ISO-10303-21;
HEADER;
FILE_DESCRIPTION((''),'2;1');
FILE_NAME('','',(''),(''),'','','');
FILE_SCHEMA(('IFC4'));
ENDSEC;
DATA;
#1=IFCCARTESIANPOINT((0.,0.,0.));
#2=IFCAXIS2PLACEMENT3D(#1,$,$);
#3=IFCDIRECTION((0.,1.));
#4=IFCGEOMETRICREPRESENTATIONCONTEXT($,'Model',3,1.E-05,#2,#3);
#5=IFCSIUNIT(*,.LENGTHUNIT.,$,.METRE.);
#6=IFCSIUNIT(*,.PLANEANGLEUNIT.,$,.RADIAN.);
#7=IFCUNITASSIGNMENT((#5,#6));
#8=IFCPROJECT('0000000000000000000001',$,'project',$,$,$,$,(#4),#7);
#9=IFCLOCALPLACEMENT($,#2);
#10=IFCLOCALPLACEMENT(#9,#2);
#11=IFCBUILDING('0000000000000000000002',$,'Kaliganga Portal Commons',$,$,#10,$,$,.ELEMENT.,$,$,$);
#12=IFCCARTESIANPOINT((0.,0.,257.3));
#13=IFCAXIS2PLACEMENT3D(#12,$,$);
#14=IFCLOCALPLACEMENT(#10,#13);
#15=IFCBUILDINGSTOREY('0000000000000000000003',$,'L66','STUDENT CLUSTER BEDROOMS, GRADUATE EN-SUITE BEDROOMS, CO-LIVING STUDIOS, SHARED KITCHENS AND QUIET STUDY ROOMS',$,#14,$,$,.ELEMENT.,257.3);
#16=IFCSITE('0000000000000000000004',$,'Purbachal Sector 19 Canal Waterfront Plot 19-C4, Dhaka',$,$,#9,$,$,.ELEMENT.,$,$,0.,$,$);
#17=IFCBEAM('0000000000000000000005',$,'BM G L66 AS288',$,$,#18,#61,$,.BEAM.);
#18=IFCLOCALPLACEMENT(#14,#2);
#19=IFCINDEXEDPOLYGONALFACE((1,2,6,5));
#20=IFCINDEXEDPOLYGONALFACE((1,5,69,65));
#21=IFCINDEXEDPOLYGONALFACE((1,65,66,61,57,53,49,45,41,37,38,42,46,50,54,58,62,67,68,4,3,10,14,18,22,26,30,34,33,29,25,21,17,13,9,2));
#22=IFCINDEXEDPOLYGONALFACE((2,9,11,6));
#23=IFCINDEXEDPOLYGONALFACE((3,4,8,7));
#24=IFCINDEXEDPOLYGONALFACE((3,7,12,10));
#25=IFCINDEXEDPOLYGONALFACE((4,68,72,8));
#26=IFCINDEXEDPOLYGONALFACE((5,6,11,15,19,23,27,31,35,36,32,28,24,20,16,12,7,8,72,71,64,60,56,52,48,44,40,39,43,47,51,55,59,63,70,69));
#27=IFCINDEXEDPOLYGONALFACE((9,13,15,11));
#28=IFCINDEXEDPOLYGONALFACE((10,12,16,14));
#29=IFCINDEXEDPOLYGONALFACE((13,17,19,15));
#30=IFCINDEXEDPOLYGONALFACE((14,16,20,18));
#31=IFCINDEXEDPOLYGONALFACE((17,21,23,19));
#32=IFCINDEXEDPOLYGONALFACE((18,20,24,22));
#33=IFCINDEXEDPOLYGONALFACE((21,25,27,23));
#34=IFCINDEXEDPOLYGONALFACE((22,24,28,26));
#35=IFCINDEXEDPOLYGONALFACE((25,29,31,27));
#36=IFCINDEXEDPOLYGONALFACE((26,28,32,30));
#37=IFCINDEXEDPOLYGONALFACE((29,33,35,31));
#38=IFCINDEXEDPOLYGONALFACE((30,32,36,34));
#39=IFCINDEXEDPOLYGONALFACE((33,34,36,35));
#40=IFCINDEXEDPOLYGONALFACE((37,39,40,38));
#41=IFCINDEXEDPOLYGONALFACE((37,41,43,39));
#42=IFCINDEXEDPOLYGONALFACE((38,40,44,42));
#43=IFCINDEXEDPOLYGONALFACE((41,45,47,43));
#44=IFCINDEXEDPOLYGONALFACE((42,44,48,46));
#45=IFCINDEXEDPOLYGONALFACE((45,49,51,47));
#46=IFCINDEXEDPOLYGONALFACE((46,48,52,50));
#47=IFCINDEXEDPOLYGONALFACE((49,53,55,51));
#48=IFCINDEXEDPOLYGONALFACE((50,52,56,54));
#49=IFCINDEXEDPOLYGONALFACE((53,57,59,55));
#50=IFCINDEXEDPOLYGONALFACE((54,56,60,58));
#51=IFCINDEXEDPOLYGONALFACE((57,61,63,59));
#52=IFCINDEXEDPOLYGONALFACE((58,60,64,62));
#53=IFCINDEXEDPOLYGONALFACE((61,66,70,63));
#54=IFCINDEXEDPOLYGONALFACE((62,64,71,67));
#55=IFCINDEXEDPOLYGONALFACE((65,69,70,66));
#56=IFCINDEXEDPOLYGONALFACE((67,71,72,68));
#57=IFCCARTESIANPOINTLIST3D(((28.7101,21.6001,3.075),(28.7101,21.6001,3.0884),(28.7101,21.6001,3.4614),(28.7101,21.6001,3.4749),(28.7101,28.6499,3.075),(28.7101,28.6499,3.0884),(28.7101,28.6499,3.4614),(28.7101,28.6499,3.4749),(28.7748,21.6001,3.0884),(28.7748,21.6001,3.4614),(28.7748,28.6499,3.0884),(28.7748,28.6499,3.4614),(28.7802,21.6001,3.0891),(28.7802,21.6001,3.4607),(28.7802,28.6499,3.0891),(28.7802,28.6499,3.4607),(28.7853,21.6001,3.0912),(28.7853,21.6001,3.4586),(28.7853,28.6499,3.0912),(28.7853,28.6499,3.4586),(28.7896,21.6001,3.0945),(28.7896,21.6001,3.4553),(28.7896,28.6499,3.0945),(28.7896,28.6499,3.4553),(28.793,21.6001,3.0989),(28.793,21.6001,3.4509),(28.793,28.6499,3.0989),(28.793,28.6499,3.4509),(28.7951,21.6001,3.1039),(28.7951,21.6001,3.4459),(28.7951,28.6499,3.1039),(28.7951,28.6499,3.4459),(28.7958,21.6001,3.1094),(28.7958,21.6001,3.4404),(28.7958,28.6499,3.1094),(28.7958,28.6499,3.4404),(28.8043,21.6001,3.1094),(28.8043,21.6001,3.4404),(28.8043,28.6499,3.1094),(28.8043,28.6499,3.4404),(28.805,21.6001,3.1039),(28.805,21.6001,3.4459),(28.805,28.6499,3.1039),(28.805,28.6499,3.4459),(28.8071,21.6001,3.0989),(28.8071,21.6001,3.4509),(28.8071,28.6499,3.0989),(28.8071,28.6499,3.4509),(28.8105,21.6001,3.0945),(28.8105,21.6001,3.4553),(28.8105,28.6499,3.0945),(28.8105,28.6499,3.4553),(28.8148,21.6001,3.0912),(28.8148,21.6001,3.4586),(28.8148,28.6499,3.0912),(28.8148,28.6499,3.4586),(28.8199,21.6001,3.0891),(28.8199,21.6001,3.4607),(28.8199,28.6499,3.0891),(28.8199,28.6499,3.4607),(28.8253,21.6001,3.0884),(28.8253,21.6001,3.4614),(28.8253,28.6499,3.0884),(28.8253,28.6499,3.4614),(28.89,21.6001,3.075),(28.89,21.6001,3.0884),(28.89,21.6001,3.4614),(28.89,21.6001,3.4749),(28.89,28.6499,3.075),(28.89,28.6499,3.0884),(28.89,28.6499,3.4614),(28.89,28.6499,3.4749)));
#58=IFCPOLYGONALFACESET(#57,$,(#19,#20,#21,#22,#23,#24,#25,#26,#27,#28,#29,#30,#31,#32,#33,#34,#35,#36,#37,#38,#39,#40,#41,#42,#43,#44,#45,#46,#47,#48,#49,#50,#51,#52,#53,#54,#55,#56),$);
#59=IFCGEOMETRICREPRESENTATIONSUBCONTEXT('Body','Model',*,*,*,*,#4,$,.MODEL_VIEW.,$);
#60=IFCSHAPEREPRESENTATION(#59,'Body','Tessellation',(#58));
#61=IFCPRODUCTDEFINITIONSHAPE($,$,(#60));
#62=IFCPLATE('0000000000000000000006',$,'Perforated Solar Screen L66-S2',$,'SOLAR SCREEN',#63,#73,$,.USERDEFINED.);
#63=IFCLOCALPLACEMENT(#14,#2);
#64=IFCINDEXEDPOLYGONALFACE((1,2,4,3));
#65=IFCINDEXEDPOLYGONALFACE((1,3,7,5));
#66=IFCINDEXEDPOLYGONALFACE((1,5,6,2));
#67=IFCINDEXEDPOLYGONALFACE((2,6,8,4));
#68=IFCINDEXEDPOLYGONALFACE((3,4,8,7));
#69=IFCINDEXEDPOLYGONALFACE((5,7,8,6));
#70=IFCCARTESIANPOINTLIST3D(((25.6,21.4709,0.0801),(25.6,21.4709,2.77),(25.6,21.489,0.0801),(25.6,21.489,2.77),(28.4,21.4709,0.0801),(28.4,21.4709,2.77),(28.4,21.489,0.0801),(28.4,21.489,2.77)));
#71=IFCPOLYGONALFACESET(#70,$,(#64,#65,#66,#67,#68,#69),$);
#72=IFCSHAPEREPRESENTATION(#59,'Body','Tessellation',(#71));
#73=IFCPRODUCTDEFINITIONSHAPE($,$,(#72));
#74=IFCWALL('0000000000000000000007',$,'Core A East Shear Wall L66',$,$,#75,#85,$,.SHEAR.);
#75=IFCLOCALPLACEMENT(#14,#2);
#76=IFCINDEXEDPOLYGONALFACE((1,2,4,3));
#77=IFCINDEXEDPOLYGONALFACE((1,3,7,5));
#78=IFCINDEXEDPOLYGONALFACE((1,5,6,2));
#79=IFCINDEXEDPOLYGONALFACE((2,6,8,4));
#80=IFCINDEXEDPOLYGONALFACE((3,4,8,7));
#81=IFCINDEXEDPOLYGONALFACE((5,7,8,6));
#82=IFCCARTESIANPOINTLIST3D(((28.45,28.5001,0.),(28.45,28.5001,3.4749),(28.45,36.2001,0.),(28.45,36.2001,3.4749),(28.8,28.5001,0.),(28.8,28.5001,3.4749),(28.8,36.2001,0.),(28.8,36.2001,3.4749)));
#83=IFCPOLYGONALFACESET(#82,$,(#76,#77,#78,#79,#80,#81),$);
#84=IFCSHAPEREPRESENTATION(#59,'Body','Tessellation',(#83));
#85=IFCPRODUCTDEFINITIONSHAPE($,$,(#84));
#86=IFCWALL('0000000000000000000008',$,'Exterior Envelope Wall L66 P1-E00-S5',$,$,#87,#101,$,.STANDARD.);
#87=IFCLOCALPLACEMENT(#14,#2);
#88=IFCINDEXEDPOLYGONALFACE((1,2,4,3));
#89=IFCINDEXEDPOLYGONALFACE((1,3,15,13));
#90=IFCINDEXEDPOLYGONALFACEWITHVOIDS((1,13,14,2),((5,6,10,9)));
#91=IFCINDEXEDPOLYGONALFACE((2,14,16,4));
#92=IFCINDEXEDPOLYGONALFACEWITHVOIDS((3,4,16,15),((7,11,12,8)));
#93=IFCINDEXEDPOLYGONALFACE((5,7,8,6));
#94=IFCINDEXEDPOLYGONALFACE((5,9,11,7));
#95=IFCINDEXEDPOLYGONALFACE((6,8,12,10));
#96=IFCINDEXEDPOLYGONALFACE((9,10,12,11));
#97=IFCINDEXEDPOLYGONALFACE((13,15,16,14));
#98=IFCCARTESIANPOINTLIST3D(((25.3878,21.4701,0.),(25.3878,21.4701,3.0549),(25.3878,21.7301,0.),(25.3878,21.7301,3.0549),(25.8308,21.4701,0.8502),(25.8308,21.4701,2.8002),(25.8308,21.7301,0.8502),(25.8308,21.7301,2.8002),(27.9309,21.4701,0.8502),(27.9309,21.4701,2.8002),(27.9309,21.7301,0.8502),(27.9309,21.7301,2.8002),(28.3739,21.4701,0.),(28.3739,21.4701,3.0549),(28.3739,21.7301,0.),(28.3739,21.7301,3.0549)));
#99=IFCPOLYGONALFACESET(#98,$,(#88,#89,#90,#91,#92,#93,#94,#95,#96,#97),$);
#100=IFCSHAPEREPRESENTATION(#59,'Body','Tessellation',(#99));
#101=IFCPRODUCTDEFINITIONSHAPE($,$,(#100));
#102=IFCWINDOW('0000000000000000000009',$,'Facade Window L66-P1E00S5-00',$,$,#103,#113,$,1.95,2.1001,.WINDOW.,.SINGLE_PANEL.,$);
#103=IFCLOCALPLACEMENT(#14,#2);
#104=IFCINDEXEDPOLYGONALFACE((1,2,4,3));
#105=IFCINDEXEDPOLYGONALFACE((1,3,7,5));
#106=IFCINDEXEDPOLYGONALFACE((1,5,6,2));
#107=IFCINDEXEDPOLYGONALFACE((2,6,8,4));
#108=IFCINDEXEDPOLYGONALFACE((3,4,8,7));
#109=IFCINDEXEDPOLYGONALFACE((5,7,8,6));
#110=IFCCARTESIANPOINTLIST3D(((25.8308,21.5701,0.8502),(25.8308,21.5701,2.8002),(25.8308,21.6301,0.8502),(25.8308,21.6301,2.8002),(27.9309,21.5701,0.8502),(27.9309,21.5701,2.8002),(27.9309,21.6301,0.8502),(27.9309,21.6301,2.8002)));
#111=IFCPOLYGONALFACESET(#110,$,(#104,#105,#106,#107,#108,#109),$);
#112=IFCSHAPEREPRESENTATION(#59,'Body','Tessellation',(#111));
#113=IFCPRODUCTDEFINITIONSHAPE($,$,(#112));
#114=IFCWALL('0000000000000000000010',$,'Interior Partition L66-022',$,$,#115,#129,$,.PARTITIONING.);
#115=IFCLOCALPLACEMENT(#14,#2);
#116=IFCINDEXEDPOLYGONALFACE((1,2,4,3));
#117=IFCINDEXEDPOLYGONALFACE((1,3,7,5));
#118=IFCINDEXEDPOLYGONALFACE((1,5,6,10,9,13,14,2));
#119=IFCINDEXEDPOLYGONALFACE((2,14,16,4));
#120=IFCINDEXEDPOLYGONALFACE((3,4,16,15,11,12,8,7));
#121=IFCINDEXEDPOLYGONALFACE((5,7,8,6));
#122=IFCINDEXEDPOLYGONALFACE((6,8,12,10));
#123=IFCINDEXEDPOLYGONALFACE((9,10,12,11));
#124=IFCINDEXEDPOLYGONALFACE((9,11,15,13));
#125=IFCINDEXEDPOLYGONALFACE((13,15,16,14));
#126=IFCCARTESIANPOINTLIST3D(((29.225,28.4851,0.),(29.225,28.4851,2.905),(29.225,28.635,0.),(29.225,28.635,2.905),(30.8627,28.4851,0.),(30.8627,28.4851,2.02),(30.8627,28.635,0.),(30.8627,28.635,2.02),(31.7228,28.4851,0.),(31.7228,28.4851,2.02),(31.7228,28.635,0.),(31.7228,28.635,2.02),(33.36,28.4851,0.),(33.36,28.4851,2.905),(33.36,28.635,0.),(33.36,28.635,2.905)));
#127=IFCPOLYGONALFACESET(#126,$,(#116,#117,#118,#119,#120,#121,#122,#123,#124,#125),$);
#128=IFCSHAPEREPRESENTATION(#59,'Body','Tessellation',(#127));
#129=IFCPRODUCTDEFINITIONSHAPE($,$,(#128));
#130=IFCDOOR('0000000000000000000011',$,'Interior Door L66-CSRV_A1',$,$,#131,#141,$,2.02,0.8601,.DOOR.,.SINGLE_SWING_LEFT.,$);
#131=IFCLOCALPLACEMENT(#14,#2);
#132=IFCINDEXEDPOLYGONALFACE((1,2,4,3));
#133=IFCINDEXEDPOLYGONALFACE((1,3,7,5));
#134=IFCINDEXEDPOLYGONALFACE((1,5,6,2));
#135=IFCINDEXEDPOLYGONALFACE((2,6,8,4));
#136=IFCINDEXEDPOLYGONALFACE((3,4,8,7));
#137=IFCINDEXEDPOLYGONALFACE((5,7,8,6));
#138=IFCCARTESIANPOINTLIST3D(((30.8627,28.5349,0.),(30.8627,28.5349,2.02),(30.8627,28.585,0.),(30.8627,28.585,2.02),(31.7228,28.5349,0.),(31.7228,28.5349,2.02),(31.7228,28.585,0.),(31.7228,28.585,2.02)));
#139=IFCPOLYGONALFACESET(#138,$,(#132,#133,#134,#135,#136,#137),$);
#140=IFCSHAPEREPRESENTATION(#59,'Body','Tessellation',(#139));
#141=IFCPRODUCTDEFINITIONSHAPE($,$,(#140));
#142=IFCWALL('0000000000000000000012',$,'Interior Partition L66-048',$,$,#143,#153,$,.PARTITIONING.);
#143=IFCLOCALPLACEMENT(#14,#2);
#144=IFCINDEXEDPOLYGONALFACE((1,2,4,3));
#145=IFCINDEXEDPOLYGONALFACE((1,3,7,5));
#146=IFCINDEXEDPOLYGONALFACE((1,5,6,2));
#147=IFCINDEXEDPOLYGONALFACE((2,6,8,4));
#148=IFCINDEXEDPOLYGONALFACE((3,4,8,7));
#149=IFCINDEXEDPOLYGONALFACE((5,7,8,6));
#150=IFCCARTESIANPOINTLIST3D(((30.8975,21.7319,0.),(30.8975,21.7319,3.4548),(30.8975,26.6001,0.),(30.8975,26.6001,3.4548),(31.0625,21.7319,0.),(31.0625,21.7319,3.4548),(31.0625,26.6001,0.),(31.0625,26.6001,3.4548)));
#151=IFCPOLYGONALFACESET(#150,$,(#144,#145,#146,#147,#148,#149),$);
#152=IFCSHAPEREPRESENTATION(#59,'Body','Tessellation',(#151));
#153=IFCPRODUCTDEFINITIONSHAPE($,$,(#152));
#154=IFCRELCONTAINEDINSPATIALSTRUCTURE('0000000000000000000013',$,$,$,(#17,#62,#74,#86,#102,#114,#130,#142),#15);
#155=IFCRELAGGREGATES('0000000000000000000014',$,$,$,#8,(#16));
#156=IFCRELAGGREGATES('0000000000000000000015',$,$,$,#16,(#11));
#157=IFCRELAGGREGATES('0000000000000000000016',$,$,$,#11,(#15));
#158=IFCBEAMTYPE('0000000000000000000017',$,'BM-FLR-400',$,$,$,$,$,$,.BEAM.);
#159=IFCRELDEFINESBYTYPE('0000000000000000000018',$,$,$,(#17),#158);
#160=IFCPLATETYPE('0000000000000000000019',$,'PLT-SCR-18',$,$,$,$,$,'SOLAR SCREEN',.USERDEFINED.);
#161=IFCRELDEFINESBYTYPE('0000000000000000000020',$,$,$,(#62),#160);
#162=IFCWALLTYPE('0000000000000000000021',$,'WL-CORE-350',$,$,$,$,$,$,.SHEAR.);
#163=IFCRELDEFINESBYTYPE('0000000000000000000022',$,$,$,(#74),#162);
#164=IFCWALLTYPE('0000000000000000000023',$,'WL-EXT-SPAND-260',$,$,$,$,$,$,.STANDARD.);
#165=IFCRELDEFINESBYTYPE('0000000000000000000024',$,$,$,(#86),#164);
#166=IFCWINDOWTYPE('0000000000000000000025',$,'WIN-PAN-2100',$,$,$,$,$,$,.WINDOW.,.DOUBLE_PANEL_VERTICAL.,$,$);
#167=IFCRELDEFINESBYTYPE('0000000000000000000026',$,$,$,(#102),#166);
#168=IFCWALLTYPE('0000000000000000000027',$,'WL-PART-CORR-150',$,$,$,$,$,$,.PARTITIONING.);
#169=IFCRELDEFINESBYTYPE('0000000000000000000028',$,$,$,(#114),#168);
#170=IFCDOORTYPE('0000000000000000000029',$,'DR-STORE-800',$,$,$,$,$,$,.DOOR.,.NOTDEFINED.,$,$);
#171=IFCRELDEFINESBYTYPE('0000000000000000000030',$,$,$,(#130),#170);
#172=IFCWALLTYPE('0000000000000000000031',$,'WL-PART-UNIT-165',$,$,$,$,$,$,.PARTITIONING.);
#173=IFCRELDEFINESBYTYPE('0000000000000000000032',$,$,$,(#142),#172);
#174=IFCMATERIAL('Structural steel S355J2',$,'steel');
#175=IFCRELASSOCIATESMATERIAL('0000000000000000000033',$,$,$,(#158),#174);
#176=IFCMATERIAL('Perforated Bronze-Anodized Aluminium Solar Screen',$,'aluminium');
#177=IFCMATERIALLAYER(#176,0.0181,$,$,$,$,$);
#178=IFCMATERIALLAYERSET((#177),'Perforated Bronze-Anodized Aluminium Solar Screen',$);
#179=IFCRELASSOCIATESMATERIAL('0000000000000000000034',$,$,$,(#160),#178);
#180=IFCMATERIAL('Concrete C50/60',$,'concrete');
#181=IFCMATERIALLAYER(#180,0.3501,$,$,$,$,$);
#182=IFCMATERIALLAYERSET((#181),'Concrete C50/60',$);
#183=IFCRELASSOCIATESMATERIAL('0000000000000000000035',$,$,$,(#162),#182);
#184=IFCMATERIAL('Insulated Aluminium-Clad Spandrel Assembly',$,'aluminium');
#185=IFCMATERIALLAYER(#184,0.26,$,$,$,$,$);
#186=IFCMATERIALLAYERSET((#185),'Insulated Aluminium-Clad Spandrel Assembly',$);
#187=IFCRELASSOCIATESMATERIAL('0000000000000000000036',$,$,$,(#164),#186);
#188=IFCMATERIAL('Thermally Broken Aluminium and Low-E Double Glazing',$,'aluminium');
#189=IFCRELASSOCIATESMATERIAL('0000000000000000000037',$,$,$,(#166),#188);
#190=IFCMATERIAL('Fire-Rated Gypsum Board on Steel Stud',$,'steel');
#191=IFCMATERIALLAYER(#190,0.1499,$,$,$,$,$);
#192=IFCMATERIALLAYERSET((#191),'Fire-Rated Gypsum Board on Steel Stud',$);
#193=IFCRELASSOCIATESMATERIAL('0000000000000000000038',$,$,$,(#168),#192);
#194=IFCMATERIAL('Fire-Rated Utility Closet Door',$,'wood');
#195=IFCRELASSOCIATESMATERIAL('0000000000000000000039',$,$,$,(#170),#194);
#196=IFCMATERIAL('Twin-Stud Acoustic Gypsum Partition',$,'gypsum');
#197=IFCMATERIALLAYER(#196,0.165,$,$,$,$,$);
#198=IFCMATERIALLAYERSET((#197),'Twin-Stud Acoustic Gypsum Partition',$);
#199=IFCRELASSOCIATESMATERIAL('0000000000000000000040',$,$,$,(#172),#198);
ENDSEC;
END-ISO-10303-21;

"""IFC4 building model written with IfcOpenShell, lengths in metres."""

from ifc_helpers import new_model, si_unit, direction, frame, frame_2d, origin, origin_2d, place, context, subcontext, project, spatial, rectangle, i_section, extrude, source, transform, mapped, material, layer, layer_set, material_profile, profile_set, type_object, element, fill, save


model = new_model("IFC4")

# Units and contexts
model_context = context("Model", 3, precision=1e-05, world=origin(), true_north=direction((0.0, 1.0)))
body_context = subcontext(model_context, "Body", "Model", "MODEL_VIEW")
ifc_project = project(units=[si_unit("LENGTHUNIT", "METRE"), si_unit("PLANEANGLEUNIT", "RADIAN")], contexts=[model_context])

# Site, building, storey
site_placement = place(None, origin())
site = spatial("IfcSite", under=ifc_project, at=site_placement, Name="Purbachal Sector 19 Canal Waterfront Plot 19-C4, Dhaka", CompositionType="ELEMENT", RefElevation=0.0)
building_placement = place(site_placement, origin())
building = spatial("IfcBuilding", under=site, at=building_placement, Name="Kaliganga Portal Commons", CompositionType="ELEMENT")
storey_placement = place(building_placement, frame((0.0, 0.0, 257.3)))
storey = spatial("IfcBuildingStorey", under=building, at=storey_placement, Name="L66", Description="STUDENT CLUSTER BEDROOMS, GRADUATE EN-SUITE BEDROOMS, CO-LIVING STUDIOS, SHARED KITCHENS AND QUIET STUDY ROOMS", CompositionType="ELEMENT", Elevation=257.3)

# Shared definitions
ifc_material_1 = material(Name="Concrete C50/60", Category="concrete")

# Beam
ifc_material_2 = material(Name="Structural steel S355J2", Category="steel")
ifc_material_profile_1 = material_profile(ifc_material_2, i_section(OverallWidth=0.1799, OverallDepth=0.3999, WebThickness=0.0085, FlangeThickness=0.0134, FilletRadius=0.021, at=origin_2d()), Name="IPE 400")
ifc_profile_set_1 = profile_set([ifc_material_profile_1], Name="Structural steel S355J2 wide-flange")
beam_type_1 = type_object("IfcBeamType", Name="BM-FLR-400", PredefinedType="BEAM", material=ifc_profile_set_1)
shared_shape_1 = source(origin(), body_context, "Body", "SweptSolid", [
    extrude(i_section(OverallWidth=0.1799, OverallDepth=0.3999, WebThickness=0.0085, FlangeThickness=0.0134, FilletRadius=0.021, at=origin_2d()), origin(), (0.0, 0.0, 1.0), 7.0498),
])
beam_1_placement = place(storey_placement, frame((28.8, 21.6001, 3.2749), z_axis=(0.0, 1.0, 0.0), x_axis=(-1.0, 0.0, 0.0)))
element("IfcBeam", 1, at=beam_1_placement, inside=storey, type_object=beam_type_1, Name="BM G L66 AS288", PredefinedType="BEAM", context=body_context, shape_type="MappedRepresentation", body=[
    mapped(shared_shape_1, transform((0.0, 0.0, 0.0), x_axis=(1.0, 0.0, 0.0), y_axis=(0.0, 1.0, 0.0), z_axis=(0.0, 0.0, 1.0), scale=1.0)),
])

# Plate
ifc_material_3 = material(Name="Perforated Bronze-Anodized Aluminium Solar Screen", Category="aluminium")
ifc_layer_1 = layer(ifc_material_3, 0.0181)
ifc_layer_set_1 = layer_set([ifc_layer_1], Name="Perforated Bronze-Anodized Aluminium Solar Screen")
plate_type = type_object("IfcPlateType", Name="PLT-SCR-18", ElementType="SOLAR SCREEN", PredefinedType="USERDEFINED", material=ifc_layer_set_1)
shared_shape_2 = source(origin(), body_context, "Body", "SweptSolid", [
    extrude(rectangle(XDim=2.8, YDim=0.0181, at=origin_2d()), origin(), (0.0, 0.0, 1.0), 2.6899),
])
plate_placement = place(storey_placement, frame((27.0, 21.48, 0.0801), z_axis=(0.0, 0.0, 1.0), x_axis=(1.0, 0.0, 0.0)))
element("IfcPlate", 2, at=plate_placement, inside=storey, type_object=plate_type, Name="Perforated Solar Screen L66-S2", ObjectType="SOLAR SCREEN", PredefinedType="USERDEFINED", context=body_context, shape_type="MappedRepresentation", body=[
    mapped(shared_shape_2, transform((0.0, 0.0, 0.0), x_axis=(1.0, 0.0, 0.0), y_axis=(0.0, 1.0, 0.0), z_axis=(0.0, 0.0, 1.0), scale=1.0)),
])

# Wall
ifc_layer_2 = layer(ifc_material_1, 0.3501)
ifc_layer_set_2 = layer_set([ifc_layer_2], Name="Concrete C50/60")
wall_type_1 = type_object("IfcWallType", Name="WL-CORE-350", PredefinedType="SHEAR", material=ifc_layer_set_2)
wall_1_placement = place(storey_placement, frame((28.625, 28.5, 0.0), z_axis=(0.0, 0.0, 1.0), x_axis=(0.0, 1.0, 0.0)))
element("IfcWall", 3, at=wall_1_placement, inside=storey, type_object=wall_type_1, Name="Core A East Shear Wall L66", PredefinedType="SHEAR", context=body_context, shape_type="SweptSolid", body=[
    extrude(rectangle(XDim=7.7, YDim=0.3501, at=frame_2d((3.8501, 0.0))), origin(), (0.0, 0.0, 1.0), 3.4749),
])

# Wall, opening, window
ifc_material_4 = material(Name="Insulated Aluminium-Clad Spandrel Assembly", Category="aluminium")
ifc_layer_3 = layer(ifc_material_4, 0.26)
ifc_layer_set_3 = layer_set([ifc_layer_3], Name="Insulated Aluminium-Clad Spandrel Assembly")
wall_type_2 = type_object("IfcWallType", Name="WL-EXT-SPAND-260", PredefinedType="STANDARD", material=ifc_layer_set_3)
wall_2_placement = place(storey_placement, frame((28.374, 21.6001, 0.0), z_axis=(0.0, 0.0, 1.0), x_axis=(-1.0, 0.0, 0.0)))
wall_2 = element("IfcWall", 4, at=wall_2_placement, inside=storey, type_object=wall_type_2, Name="Exterior Envelope Wall L66 P1-E00-S5", PredefinedType="STANDARD", context=body_context, shape_type="SweptSolid", body=[
    extrude(rectangle(XDim=2.9861, YDim=0.26, at=frame_2d((1.4932, 0.0))), origin(), (0.0, 0.0, 1.0), 3.0549),
])
opening_1_placement = place(wall_2_placement, frame((0.4431, 0.0, 0.8501)))
opening_1 = element("IfcOpeningElement", 5, at=opening_1_placement, cuts=wall_2, PredefinedType="OPENING", context=body_context, shape_type="SweptSolid", body=[
    extrude(rectangle(XDim=2.1001, YDim=1.95, at=frame_2d((1.05, 0.9751))), frame((0.0, 0.1401, 0.0), z_axis=(0.0, -1.0, 0.0), x_axis=(1.0, 0.0, 0.0)), (0.0, 0.0, 1.0), 0.28),
])
ifc_material_5 = material(Name="Thermally Broken Aluminium and Low-E Double Glazing", Category="aluminium")
window_type = type_object("IfcWindowType", Name="WIN-PAN-2100", PartitioningType="DOUBLE_PANEL_VERTICAL", PredefinedType="WINDOW", material=ifc_material_5)
window_placement = place(opening_1_placement, origin())
window = element("IfcWindow", 6, at=window_placement, inside=storey, type_object=window_type, Name="Facade Window L66-P1E00S5-00", OverallHeight=1.95, OverallWidth=2.1001, PartitioningType="SINGLE_PANEL", PredefinedType="WINDOW", context=body_context, shape_type="SweptSolid", body=[
    extrude(rectangle(XDim=2.1001, YDim=1.95, at=frame_2d((1.05, 0.9751))), frame((0.0, 0.03, 0.0), z_axis=(0.0, -1.0, 0.0), x_axis=(1.0, 0.0, 0.0)), (0.0, 0.0, 1.0), 0.0601),
])
fill(opening_1, window)

# Wall, opening, door
ifc_material_6 = material(Name="Fire-Rated Gypsum Board on Steel Stud", Category="steel")
ifc_layer_4 = layer(ifc_material_6, 0.1499)
ifc_layer_set_4 = layer_set([ifc_layer_4], Name="Fire-Rated Gypsum Board on Steel Stud")
wall_type_3 = type_object("IfcWallType", Name="WL-PART-CORR-150", PredefinedType="PARTITIONING", material=ifc_layer_set_4)
wall_3_placement = place(storey_placement, frame((29.2251, 28.5601, 0.0), z_axis=(0.0, 0.0, 1.0), x_axis=(1.0, 0.0, 0.0)))
wall_3 = element("IfcWall", 7, at=wall_3_placement, inside=storey, type_object=wall_type_3, Name="Interior Partition L66-022", PredefinedType="PARTITIONING", context=body_context, shape_type="SweptSolid", body=[
    extrude(rectangle(XDim=4.135, YDim=0.1499, at=frame_2d((2.0674, 0.0))), origin(), (0.0, 0.0, 1.0), 2.905),
])
opening_2_placement = place(wall_3_placement, frame((1.6375, 0.0, 0.0)))
opening_2 = element("IfcOpeningElement", 8, at=opening_2_placement, cuts=wall_3, PredefinedType="OPENING", context=body_context, shape_type="SweptSolid", body=[
    extrude(rectangle(XDim=0.8601, YDim=2.02, at=frame_2d((0.4302, 1.01))), frame((0.0, 0.085, 0.0), z_axis=(0.0, -1.0, 0.0), x_axis=(1.0, 0.0, 0.0)), (0.0, 0.0, 1.0), 0.1699),
])
ifc_material_7 = material(Name="Fire-Rated Utility Closet Door", Category="wood")
door_type = type_object("IfcDoorType", Name="DR-STORE-800", OperationType="NOTDEFINED", PredefinedType="DOOR", material=ifc_material_7)
door_placement = place(opening_2_placement, origin())
door = element("IfcDoor", 9, at=door_placement, inside=storey, type_object=door_type, Name="Interior Door L66-CSRV_A1", OperationType="SINGLE_SWING_LEFT", OverallHeight=2.02, OverallWidth=0.8601, PredefinedType="DOOR", context=body_context, shape_type="SweptSolid", body=[
    extrude(rectangle(XDim=0.8601, YDim=2.02, at=frame_2d((0.4302, 1.01))), frame((0.0, 0.0249, 0.0), z_axis=(0.0, -1.0, 0.0), x_axis=(1.0, 0.0, 0.0)), (0.0, 0.0, 1.0), 0.05),
])
fill(opening_2, door)

# Wall
ifc_material_8 = material(Name="Twin-Stud Acoustic Gypsum Partition", Category="gypsum")
ifc_layer_5 = layer(ifc_material_8, 0.165)
ifc_layer_set_5 = layer_set([ifc_layer_5], Name="Twin-Stud Acoustic Gypsum Partition")
wall_type_4 = type_object("IfcWallType", Name="WL-PART-UNIT-165", PredefinedType="PARTITIONING", material=ifc_layer_set_5)
wall_4_placement = place(storey_placement, frame((30.98, 21.7319, 0.0), z_axis=(0.0, 0.0, 1.0), x_axis=(0.0, 1.0, 0.0)))
element("IfcWall", 10, at=wall_4_placement, inside=storey, type_object=wall_type_4, Name="Interior Partition L66-048", PredefinedType="PARTITIONING", context=body_context, shape_type="SweptSolid", body=[
    extrude(rectangle(XDim=4.8682, YDim=0.165, at=frame_2d((2.4341, 0.0))), origin(), (0.0, 0.0, 1.0), 3.4548),
])

save(model, "model.ifc")
